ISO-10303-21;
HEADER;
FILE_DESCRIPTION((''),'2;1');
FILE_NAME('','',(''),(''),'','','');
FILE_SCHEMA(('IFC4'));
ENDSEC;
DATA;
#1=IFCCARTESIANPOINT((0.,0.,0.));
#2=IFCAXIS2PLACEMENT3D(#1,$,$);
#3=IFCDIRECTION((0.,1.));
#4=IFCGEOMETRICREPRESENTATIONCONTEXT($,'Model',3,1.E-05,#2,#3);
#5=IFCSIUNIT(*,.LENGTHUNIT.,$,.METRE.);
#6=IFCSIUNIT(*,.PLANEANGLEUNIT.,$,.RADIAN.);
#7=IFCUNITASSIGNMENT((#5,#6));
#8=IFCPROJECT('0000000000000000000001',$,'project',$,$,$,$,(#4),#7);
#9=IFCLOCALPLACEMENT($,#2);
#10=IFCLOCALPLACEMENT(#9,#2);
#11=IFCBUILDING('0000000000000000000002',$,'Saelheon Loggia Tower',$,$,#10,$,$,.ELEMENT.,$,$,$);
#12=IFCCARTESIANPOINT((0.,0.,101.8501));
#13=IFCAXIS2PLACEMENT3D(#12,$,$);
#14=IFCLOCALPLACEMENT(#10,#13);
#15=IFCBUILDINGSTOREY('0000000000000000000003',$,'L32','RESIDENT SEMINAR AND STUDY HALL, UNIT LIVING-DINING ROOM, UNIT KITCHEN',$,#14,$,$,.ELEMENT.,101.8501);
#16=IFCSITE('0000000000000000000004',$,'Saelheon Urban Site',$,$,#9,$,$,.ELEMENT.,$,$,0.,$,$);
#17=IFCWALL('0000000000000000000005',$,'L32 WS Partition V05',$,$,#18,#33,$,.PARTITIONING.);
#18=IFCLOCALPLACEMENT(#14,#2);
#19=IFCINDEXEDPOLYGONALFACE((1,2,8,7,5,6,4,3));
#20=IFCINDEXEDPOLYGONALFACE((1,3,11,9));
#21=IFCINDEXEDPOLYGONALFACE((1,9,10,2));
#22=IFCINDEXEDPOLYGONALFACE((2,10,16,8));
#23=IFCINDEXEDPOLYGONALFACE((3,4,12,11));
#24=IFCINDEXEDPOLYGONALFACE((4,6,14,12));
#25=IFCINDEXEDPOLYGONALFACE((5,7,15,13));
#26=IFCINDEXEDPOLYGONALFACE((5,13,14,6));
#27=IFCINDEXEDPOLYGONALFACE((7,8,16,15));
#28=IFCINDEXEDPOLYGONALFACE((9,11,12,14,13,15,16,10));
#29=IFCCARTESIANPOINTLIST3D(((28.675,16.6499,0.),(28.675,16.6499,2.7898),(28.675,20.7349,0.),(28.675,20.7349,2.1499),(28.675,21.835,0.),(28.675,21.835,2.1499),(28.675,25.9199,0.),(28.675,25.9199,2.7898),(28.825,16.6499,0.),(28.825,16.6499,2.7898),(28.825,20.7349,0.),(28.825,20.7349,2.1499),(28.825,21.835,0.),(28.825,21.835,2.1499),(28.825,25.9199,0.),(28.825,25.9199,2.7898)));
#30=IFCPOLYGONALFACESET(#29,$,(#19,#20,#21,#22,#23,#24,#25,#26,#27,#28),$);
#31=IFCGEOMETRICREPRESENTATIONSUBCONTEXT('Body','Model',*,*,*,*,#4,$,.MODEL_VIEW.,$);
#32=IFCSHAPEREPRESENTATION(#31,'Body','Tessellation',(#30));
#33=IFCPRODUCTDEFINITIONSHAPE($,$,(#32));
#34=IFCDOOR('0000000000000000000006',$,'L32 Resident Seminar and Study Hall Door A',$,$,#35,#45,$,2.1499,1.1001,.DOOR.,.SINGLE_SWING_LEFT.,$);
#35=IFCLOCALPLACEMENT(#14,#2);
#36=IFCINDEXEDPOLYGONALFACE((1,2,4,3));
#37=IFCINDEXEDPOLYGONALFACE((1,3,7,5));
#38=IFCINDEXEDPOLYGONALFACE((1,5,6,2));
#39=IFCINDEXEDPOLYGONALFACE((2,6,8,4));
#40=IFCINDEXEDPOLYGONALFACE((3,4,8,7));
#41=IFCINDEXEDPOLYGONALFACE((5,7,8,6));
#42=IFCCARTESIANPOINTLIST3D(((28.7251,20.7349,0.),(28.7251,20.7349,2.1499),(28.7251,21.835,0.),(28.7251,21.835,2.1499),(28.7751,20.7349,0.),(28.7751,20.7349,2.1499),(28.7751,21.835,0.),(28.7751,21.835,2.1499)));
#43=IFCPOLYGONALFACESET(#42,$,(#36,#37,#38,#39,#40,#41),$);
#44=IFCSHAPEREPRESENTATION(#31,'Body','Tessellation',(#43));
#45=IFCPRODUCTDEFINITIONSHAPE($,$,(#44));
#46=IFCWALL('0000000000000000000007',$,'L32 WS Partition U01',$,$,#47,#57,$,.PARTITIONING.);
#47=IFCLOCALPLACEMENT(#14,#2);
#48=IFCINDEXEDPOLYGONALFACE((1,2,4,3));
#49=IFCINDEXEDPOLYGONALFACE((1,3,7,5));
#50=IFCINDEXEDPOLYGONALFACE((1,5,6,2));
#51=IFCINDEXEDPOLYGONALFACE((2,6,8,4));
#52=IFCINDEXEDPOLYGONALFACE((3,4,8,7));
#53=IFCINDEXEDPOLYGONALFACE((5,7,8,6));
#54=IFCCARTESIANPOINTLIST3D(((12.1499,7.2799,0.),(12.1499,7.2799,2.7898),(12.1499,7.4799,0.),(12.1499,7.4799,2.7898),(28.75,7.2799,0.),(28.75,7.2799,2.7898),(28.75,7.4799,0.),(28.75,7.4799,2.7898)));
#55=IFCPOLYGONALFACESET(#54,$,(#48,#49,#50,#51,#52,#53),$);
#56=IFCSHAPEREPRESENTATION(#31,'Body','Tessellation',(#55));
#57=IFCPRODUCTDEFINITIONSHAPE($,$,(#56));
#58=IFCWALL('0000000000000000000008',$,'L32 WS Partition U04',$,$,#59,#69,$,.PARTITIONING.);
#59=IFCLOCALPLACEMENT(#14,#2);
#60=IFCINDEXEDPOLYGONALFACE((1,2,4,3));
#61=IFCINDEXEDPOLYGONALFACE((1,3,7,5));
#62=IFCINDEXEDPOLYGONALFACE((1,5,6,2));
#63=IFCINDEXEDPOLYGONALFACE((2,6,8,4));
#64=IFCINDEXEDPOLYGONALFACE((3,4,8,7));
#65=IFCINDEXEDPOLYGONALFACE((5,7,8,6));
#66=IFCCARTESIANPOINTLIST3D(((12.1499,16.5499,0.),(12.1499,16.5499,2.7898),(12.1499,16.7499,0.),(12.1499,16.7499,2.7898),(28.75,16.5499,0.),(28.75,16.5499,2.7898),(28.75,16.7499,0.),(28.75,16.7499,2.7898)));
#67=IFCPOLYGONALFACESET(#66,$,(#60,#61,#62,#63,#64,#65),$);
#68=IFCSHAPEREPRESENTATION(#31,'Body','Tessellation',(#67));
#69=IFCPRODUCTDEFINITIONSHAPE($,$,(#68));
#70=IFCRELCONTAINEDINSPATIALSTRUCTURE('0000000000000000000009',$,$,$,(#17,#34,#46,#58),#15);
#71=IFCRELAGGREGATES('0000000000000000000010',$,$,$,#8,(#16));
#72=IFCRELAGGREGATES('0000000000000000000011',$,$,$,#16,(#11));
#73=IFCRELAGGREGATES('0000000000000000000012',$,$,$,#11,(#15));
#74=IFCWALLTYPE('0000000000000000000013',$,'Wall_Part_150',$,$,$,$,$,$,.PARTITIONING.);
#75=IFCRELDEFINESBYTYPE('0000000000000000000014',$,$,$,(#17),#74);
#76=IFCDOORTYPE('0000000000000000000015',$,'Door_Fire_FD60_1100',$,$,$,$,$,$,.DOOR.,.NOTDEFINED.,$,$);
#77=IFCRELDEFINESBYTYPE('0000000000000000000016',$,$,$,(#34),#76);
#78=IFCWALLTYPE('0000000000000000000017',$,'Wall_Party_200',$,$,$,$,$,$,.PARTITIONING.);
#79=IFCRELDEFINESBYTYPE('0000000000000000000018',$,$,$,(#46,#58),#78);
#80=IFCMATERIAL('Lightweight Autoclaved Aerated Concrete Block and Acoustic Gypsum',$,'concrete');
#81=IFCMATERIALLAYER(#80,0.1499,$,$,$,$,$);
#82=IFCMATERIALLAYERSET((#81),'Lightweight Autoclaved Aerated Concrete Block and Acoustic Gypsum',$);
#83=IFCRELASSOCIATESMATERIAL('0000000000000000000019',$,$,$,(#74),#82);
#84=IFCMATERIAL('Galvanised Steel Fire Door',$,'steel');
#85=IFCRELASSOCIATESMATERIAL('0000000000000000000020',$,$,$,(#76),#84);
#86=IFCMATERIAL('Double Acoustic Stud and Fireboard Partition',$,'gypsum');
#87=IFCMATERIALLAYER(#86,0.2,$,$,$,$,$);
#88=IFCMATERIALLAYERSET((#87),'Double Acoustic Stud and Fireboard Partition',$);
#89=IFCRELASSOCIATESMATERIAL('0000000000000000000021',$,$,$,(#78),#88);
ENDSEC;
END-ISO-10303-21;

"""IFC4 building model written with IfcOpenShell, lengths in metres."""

from ifc_helpers import new_model, si_unit, direction, frame, frame_2d, origin, place, context, subcontext, project, spatial, rectangle, extrude, source, transform, mapped, material, layer, layer_set, type_object, element, fill, save


model = new_model("IFC4")

# Units and contexts
model_context = context("Model", 3, precision=1e-05, world=origin(), true_north=direction((0.0, 1.0)))
body_context = subcontext(model_context, "Body", "Model", "MODEL_VIEW")
ifc_project = project(units=[si_unit("LENGTHUNIT", "METRE"), si_unit("PLANEANGLEUNIT", "RADIAN")], contexts=[model_context])

# Site, building, storey
site_placement = place(None, origin())
site = spatial("IfcSite", under=ifc_project, at=site_placement, Name="Saelheon Urban Site", CompositionType="ELEMENT", RefElevation=0.0)
building_placement = place(site_placement, origin())
building = spatial("IfcBuilding", under=site, at=building_placement, Name="Saelheon Loggia Tower", CompositionType="ELEMENT")
storey_placement = place(building_placement, frame((0.0, 0.0, 101.8501)))
storey = spatial("IfcBuildingStorey", under=building, at=storey_placement, Name="L32", Description="RESIDENT SEMINAR AND STUDY HALL, UNIT LIVING-DINING ROOM, UNIT KITCHEN", CompositionType="ELEMENT", Elevation=101.8501)

# Shared definitions
shared_shape_1 = source(origin(), body_context, "Body", "SweptSolid", [
    extrude(rectangle(XDim=1.1001, YDim=2.1499, at=frame_2d((0.55, 1.075))), frame((0.0, 0.0249, 0.0), z_axis=(0.0, -1.0, 0.0), x_axis=(1.0, 0.0, 0.0)), (0.0, 0.0, 1.0), 0.05),
])

# Wall, opening, door
ifc_material_1 = material(Name="Lightweight Autoclaved Aerated Concrete Block and Acoustic Gypsum", Category="concrete")
ifc_layer_1 = layer(ifc_material_1, 0.1499)
ifc_layer_set_1 = layer_set([ifc_layer_1], Name="Lightweight Autoclaved Aerated Concrete Block and Acoustic Gypsum")
wall_type_1 = type_object("IfcWallType", Name="Wall_Part_150", PredefinedType="PARTITIONING", material=ifc_layer_set_1)
ifc_material_2 = material(Name="Galvanised Steel Fire Door", Category="steel")
door_type_1 = type_object("IfcDoorType", Name="Door_Fire_FD60_1100", OperationType="NOTDEFINED", PredefinedType="DOOR", material=ifc_material_2)
wall_1_placement = place(storey_placement, frame((28.75, 16.6499, 0.0), z_axis=(0.0, 0.0, 1.0), x_axis=(0.0, 1.0, 0.0)))
wall_1 = element("IfcWall", 1, at=wall_1_placement, inside=storey, type_object=wall_type_1, Name="L32 WS Partition V05", PredefinedType="PARTITIONING", context=body_context, shape_type="SweptSolid", body=[
    extrude(rectangle(XDim=9.27, YDim=0.1499, at=frame_2d((4.635, 0.0))), origin(), (0.0, 0.0, 1.0), 2.7898),
])
opening_1_placement = place(wall_1_placement, frame((4.085, 0.0, 0.0)))
opening_1 = element("IfcOpeningElement", 2, at=opening_1_placement, cuts=wall_1, PredefinedType="OPENING", context=body_context, shape_type="SweptSolid", body=[
    extrude(rectangle(XDim=1.1001, YDim=2.1499, at=frame_2d((0.55, 1.075))), frame((0.0, 0.0869, 0.0), z_axis=(0.0, -1.0, 0.0), x_axis=(1.0, 0.0, 0.0)), (0.0, 0.0, 1.0), 0.1738),
])
door_1_placement = place(opening_1_placement, origin())
door_1 = element("IfcDoor", 3, at=door_1_placement, inside=storey, type_object=door_type_1, Name="L32 Resident Seminar and Study Hall Door A", OperationType="SINGLE_SWING_LEFT", OverallHeight=2.1499, OverallWidth=1.1001, PredefinedType="DOOR", context=body_context, shape_type="MappedRepresentation", body=[
    mapped(shared_shape_1, transform((0.0, 0.0, 0.0), scale=1.0)),
])
fill(opening_1, door_1)

# Walls
ifc_material_3 = material(Name="Double Acoustic Stud and Fireboard Partition", Category="gypsum")
ifc_layer_2 = layer(ifc_material_3, 0.2)
ifc_layer_set_2 = layer_set([ifc_layer_2], Name="Double Acoustic Stud and Fireboard Partition")
wall_type_2 = type_object("IfcWallType", Name="Wall_Party_200", PredefinedType="PARTITIONING", material=ifc_layer_set_2)
for number, where, z_axis, x_axis, name in (
    (4, (28.75, 7.3799, 0.0), (0.0, 0.0, 1.0), (-1.0, 0.0, 0.0), "L32 WS Partition U01"),
    (5, (28.75, 16.6499, 0.0), (0.0, 0.0, 1.0), (-1.0, 0.0, 0.0), "L32 WS Partition U04"),
):
    element("IfcWall", number, at=place(storey_placement, frame(where, z_axis=z_axis, x_axis=x_axis)), inside=storey, type_object=wall_type_2, Name=name, PredefinedType="PARTITIONING", context=body_context, shape_type="SweptSolid", body=[
        extrude(rectangle(XDim=16.6001, YDim=0.2, at=frame_2d((8.3, 0.0))), origin(), (0.0, 0.0, 1.0), 2.7898),
    ])

save(model, "model.ifc")
